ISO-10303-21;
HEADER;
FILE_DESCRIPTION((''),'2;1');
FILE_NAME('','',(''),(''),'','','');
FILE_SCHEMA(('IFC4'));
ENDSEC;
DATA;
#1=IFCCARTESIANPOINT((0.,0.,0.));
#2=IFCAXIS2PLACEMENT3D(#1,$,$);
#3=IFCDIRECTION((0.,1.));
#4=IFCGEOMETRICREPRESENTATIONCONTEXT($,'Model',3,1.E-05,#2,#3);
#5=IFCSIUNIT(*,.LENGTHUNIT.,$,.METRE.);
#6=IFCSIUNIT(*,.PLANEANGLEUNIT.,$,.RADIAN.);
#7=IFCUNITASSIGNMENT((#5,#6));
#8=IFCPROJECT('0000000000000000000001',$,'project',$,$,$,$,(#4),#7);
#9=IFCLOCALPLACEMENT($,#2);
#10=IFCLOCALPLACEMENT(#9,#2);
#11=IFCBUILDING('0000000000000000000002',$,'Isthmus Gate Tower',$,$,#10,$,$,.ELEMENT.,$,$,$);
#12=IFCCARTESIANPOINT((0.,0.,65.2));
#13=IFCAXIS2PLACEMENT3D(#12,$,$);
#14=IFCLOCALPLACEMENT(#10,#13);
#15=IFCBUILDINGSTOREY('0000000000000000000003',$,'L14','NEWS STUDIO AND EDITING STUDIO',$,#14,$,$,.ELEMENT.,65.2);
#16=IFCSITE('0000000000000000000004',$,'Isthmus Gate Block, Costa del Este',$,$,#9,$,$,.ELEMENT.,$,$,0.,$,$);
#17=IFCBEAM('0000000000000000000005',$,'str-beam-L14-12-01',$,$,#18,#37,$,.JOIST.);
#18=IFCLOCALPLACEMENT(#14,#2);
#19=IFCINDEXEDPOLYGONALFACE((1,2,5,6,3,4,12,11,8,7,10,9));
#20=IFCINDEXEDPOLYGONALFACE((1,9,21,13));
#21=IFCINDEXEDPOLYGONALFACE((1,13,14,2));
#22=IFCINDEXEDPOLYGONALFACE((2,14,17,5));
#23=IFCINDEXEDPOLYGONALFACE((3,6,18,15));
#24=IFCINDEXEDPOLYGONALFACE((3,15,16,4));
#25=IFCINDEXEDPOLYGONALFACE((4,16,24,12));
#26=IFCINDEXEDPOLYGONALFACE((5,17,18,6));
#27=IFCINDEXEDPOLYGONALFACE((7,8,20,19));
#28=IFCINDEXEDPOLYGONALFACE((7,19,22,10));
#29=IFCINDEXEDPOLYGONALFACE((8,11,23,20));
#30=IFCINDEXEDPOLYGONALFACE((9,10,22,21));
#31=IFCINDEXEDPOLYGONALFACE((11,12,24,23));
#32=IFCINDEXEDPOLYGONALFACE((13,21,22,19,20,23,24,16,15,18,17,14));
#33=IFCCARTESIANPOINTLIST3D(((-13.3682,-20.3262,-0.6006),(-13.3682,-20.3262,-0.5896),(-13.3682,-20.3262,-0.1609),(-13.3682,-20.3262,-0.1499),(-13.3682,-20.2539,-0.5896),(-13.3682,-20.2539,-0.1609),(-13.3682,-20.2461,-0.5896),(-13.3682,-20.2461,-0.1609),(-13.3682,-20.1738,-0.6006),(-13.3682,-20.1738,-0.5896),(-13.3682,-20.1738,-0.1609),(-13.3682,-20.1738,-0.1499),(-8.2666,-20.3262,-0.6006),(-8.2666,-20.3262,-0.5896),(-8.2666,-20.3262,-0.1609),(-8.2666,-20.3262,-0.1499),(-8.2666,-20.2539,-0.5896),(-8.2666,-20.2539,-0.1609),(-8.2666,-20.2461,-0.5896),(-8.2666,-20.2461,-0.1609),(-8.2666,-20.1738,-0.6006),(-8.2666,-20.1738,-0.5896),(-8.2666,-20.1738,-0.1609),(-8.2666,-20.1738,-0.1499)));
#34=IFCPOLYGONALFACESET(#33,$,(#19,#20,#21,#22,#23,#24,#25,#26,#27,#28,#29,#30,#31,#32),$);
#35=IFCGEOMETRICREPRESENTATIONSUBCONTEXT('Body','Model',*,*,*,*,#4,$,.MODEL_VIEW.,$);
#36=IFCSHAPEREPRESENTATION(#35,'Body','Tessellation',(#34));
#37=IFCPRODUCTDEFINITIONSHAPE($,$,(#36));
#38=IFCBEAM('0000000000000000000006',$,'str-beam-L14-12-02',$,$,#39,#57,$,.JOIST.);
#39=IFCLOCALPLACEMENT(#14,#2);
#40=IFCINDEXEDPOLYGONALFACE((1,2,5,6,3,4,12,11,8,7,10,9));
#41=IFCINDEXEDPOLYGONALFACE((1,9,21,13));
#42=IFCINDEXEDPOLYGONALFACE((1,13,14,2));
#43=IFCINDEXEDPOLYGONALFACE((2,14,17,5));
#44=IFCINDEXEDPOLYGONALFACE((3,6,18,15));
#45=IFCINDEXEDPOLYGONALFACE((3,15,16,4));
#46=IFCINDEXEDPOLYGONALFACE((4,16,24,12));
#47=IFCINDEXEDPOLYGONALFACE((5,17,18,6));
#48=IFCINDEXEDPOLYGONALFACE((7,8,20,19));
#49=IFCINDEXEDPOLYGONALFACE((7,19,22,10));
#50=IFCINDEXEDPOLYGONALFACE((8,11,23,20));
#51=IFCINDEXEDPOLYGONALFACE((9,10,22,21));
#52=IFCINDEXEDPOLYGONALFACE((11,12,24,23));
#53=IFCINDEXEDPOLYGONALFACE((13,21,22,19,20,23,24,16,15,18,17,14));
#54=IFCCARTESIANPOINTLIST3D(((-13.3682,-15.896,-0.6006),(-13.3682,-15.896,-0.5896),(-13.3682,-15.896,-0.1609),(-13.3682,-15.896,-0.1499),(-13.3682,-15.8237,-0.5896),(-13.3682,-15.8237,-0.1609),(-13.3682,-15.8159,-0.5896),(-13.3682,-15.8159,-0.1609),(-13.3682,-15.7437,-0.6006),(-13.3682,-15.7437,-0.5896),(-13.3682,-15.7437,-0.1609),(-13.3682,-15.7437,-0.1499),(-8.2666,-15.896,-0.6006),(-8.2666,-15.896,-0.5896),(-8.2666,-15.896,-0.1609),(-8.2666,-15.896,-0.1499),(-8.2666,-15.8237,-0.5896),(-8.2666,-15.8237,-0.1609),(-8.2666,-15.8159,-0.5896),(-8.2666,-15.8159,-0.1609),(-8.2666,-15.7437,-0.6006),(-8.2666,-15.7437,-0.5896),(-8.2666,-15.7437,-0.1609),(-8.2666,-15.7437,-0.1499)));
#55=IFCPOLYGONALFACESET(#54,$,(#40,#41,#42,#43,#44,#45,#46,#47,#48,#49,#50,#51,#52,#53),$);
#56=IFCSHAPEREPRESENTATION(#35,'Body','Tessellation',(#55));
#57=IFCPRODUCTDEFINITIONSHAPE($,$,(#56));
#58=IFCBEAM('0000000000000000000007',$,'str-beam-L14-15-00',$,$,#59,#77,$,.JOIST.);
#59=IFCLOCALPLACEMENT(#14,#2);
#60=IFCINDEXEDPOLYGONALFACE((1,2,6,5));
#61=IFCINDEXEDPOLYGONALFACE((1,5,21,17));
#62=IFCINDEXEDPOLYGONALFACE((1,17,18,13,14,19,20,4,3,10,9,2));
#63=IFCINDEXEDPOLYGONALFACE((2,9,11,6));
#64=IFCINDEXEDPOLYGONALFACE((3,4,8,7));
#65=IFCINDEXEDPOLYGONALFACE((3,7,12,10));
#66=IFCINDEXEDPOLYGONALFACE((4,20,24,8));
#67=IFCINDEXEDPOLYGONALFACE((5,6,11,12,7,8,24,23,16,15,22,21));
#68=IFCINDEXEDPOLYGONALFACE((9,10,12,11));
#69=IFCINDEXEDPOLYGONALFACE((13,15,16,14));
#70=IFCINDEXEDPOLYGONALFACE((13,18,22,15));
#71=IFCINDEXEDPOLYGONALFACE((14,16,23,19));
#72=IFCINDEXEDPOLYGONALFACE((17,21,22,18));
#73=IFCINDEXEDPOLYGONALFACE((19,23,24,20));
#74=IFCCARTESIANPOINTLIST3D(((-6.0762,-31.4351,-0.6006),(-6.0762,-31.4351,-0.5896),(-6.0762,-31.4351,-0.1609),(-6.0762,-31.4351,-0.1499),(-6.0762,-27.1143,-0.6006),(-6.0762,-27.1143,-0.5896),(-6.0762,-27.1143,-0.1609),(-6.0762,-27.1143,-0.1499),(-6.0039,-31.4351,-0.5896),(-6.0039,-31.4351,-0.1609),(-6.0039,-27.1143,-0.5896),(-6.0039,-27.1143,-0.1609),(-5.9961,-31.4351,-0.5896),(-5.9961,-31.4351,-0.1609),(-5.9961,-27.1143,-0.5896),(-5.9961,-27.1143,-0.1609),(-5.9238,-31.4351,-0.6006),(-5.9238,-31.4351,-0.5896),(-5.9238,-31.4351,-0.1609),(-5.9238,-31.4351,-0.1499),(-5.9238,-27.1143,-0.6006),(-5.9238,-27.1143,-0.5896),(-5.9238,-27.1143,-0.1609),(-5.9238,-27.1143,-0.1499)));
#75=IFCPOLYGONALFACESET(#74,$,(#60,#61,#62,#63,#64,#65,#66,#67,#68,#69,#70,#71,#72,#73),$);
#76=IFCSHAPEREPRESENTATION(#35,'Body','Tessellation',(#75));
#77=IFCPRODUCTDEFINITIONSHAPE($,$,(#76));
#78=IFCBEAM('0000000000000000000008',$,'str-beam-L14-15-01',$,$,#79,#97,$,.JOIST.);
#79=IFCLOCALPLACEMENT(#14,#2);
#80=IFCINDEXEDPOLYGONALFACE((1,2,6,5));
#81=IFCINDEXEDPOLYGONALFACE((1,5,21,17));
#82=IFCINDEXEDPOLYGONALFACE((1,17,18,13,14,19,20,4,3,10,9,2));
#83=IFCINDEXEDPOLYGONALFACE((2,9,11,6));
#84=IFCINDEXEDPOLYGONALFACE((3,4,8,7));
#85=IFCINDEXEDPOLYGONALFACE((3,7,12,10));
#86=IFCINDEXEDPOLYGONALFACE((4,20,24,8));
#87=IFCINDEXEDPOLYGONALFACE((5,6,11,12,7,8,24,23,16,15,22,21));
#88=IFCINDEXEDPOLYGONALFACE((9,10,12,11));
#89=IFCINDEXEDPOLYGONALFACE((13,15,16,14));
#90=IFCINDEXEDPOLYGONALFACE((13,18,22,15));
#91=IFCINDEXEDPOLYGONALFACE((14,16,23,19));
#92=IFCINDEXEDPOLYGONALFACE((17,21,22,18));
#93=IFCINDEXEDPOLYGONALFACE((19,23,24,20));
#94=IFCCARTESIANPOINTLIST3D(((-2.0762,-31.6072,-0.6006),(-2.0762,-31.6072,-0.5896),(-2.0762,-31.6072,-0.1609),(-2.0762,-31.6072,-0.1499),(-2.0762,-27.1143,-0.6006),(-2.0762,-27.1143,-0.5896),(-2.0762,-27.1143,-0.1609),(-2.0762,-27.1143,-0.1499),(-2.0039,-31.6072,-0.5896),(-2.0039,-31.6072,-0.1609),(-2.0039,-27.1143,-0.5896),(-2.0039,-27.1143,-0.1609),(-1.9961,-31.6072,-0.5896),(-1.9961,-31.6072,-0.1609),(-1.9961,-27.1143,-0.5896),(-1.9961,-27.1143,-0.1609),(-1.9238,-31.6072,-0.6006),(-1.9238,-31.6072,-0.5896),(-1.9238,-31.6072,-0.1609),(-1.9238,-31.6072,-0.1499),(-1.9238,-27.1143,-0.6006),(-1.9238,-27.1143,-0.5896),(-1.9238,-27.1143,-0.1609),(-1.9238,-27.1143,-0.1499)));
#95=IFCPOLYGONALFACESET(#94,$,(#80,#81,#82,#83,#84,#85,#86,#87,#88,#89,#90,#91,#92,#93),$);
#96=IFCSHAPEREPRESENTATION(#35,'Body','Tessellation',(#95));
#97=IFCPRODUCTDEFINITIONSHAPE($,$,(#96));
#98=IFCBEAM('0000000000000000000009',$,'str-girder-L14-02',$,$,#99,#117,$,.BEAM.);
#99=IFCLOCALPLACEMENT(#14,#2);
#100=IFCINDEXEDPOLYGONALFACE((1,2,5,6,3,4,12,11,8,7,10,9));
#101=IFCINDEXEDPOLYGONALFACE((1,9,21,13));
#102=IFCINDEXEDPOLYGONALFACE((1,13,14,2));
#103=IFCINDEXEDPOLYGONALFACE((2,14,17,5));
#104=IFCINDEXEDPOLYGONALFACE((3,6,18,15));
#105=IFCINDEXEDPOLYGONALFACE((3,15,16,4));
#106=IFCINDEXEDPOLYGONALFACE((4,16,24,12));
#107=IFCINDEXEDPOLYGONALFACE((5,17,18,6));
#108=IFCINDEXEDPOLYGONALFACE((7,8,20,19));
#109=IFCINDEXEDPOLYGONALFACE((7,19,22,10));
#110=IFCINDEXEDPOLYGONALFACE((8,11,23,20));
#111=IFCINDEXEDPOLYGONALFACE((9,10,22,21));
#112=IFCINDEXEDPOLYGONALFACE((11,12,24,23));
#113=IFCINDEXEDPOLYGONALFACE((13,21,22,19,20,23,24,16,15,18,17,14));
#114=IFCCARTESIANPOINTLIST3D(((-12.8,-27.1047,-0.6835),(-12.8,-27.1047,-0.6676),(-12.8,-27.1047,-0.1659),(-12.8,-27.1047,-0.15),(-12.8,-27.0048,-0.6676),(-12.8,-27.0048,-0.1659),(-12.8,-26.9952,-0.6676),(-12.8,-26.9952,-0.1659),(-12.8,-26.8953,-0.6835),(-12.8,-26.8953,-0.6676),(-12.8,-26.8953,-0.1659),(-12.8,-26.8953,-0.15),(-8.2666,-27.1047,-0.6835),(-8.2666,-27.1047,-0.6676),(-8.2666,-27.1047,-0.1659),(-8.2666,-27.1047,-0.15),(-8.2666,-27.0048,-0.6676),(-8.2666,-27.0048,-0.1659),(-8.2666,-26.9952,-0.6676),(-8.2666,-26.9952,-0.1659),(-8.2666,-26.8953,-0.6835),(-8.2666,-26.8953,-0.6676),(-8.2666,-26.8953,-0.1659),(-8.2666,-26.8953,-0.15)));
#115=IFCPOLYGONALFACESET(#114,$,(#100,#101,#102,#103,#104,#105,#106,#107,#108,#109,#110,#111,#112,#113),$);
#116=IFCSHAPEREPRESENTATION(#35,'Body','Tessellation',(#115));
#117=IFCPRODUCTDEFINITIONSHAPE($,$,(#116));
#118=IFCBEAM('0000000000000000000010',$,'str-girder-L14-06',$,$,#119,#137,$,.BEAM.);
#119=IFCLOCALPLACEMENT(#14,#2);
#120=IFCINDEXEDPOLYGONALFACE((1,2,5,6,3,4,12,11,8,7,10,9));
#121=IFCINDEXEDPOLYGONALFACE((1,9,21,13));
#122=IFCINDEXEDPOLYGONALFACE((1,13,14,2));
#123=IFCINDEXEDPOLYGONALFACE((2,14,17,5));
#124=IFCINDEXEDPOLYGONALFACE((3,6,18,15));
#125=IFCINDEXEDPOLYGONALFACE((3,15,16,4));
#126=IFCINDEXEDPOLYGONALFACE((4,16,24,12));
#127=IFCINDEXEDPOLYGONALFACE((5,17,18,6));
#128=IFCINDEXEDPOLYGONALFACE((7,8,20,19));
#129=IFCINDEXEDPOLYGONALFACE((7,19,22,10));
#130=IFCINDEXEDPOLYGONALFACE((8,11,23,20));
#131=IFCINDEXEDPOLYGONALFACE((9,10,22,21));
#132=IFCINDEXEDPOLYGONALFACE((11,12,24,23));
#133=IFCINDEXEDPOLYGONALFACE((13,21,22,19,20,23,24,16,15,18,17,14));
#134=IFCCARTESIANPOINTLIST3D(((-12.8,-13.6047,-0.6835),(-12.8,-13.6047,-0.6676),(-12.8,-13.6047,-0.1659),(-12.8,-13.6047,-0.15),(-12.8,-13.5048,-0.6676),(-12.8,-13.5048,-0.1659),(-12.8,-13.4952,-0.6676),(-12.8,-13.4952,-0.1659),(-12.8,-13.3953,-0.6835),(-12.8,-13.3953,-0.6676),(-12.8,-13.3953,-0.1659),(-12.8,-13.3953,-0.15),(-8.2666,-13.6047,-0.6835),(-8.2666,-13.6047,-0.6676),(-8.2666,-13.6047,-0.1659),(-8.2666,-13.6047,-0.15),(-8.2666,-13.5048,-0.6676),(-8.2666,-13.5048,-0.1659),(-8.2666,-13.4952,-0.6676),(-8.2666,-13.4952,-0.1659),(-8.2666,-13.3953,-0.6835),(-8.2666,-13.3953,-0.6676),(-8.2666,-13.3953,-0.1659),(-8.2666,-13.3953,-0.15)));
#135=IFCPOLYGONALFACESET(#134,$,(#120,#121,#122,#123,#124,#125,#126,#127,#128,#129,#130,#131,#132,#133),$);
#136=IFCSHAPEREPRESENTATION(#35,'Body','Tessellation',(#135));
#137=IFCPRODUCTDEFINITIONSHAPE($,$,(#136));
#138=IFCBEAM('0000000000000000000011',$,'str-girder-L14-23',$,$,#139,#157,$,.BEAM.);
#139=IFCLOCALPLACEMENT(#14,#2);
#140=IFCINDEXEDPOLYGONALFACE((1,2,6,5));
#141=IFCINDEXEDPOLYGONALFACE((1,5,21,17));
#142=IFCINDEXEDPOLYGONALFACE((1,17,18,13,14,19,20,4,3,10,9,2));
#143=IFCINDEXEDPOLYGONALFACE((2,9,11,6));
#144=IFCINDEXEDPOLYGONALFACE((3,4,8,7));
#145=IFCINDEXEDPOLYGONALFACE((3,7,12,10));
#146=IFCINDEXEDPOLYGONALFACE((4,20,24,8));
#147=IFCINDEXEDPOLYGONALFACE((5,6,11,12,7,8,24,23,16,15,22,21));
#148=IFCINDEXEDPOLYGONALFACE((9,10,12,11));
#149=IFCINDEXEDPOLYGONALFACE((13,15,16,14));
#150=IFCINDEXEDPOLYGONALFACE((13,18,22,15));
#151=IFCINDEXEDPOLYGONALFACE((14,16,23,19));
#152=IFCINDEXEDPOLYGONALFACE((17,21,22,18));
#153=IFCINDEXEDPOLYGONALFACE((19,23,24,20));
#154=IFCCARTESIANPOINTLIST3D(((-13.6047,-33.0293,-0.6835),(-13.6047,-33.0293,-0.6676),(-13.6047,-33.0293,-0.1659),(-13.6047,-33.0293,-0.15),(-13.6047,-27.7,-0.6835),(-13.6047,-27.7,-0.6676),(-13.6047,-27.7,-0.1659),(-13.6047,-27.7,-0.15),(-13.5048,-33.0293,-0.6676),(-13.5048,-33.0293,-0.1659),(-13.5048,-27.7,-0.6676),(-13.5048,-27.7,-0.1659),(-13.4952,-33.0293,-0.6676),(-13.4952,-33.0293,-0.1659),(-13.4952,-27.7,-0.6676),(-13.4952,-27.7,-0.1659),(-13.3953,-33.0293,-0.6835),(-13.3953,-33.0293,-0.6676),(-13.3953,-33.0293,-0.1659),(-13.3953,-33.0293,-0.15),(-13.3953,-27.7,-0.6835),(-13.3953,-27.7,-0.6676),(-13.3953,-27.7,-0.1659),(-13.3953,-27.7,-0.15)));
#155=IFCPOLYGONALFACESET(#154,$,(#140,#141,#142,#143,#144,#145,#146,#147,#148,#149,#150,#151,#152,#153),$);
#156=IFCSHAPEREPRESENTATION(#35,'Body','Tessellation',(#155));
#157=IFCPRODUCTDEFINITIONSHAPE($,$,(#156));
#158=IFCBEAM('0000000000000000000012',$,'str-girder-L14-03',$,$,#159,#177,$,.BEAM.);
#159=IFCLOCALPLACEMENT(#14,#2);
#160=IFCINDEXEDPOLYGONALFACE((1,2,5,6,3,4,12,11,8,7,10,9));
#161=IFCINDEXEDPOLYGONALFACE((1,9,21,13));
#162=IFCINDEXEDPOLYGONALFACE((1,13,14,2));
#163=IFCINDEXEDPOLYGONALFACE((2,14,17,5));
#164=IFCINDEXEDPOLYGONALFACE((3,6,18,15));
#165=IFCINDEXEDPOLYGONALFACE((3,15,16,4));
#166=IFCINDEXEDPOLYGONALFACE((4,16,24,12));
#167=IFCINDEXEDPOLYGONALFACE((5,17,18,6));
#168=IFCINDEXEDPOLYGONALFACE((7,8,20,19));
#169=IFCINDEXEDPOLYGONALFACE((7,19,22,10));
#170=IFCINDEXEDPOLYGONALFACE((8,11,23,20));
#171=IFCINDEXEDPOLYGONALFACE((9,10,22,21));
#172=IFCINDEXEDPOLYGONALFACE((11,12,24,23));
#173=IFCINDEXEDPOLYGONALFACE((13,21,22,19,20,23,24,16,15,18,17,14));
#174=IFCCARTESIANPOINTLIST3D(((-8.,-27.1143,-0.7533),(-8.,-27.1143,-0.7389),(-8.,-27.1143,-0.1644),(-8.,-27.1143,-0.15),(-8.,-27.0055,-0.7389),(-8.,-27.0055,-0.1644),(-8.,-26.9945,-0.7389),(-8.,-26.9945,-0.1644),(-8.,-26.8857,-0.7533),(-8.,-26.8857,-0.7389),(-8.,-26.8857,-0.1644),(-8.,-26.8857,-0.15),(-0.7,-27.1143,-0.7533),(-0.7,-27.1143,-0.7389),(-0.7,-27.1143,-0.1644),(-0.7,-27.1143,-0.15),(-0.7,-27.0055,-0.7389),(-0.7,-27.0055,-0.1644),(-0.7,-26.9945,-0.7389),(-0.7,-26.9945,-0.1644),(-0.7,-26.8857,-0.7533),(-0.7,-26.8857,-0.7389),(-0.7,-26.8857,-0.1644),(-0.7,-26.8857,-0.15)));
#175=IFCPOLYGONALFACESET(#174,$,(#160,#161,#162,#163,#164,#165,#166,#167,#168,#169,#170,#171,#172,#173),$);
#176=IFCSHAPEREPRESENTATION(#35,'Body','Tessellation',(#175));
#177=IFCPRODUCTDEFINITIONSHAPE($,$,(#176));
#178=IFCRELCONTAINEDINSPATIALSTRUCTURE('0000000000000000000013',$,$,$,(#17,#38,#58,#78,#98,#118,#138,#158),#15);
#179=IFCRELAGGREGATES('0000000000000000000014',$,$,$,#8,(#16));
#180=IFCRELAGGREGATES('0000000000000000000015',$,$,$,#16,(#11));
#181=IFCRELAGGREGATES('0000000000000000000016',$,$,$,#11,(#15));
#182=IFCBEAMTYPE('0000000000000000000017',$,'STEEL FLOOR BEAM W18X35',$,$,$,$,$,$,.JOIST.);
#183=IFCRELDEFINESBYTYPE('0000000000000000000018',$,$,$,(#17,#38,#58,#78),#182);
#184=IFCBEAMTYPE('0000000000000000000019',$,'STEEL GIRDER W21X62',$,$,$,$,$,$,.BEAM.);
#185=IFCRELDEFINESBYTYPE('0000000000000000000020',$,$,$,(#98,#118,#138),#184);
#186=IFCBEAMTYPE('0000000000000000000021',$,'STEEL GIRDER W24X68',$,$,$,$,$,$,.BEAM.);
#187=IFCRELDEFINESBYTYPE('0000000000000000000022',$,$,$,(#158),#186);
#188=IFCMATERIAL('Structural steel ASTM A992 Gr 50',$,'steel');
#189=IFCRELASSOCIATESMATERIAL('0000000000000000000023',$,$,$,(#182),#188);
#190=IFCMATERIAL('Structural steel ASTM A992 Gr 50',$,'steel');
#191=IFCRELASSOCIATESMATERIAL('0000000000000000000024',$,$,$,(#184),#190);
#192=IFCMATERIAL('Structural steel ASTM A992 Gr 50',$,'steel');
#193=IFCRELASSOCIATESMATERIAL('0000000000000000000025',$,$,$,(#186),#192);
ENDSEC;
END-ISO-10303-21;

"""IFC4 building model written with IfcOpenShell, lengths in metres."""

from ifc_helpers import new_model, si_unit, direction, frame, origin, origin_2d, place, context, subcontext, project, spatial, i_section, extrude, material, material_profile, profile_set, type_object, element, save


model = new_model("IFC4")

# Units and contexts
model_context = context("Model", 3, precision=1e-05, world=origin(), true_north=direction((0.0, 1.0)))
body_context = subcontext(model_context, "Body", "Model", "MODEL_VIEW")
ifc_project = project(units=[si_unit("LENGTHUNIT", "METRE"), si_unit("PLANEANGLEUNIT", "RADIAN")], contexts=[model_context])

# Site, building, storey
site_placement = place(None, origin())
site = spatial("IfcSite", under=ifc_project, at=site_placement, Name="Isthmus Gate Block, Costa del Este", CompositionType="ELEMENT", RefElevation=0.0)
building_placement = place(site_placement, origin())
building = spatial("IfcBuilding", under=site, at=building_placement, Name="Isthmus Gate Tower", CompositionType="ELEMENT")
storey_placement = place(building_placement, frame((0.0, 0.0, 65.2)))
storey = spatial("IfcBuildingStorey", under=building, at=storey_placement, Name="L14", Description="NEWS STUDIO AND EDITING STUDIO", CompositionType="ELEMENT", Elevation=65.2)

# Beams
ifc_material_1 = material(Name="Structural steel ASTM A992 Gr 50", Category="steel")
ifc_material_profile_1 = material_profile(ifc_material_1, i_section(OverallWidth=0.1523, OverallDepth=0.4507, WebThickness=0.0078, FlangeThickness=0.011, at=origin_2d()), Name="W18X35")
ifc_profile_set_1 = profile_set([ifc_material_profile_1], Name="Structural steel ASTM A992 Gr 50")
beam_type_1 = type_object("IfcBeamType", Name="STEEL FLOOR BEAM W18X35", PredefinedType="JOIST", material=ifc_profile_set_1)
for number, where, z_axis, x_axis, name in (
    (1, (-13.3682, -20.25, -0.3752), (1.0, 0.0, 0.0), (0.0, 1.0, 0.0), "str-beam-L14-12-01"),
    (2, (-13.3682, -15.8198, -0.3752), (1.0, 0.0, 0.0), (0.0, 1.0, 0.0), "str-beam-L14-12-02"),
):
    element("IfcBeam", number, at=place(storey_placement, frame(where, z_axis=z_axis, x_axis=x_axis)), inside=storey, type_object=beam_type_1, Name=name, PredefinedType="JOIST", context=body_context, shape_type="SweptSolid", body=[
        extrude(i_section(OverallWidth=0.1523, OverallDepth=0.4507, WebThickness=0.0078, FlangeThickness=0.011, at=origin_2d()), origin(), (0.0, 0.0, 1.0), 5.1016),
    ])
beam_1_placement = place(storey_placement, frame((-6.0, -31.4351, -0.3752), z_axis=(0.0, 1.0, 0.0), x_axis=(-1.0, 0.0, 0.0)))
element("IfcBeam", 3, at=beam_1_placement, inside=storey, type_object=beam_type_1, Name="str-beam-L14-15-00", PredefinedType="JOIST", context=body_context, shape_type="SweptSolid", body=[
    extrude(i_section(OverallWidth=0.1523, OverallDepth=0.4507, WebThickness=0.0078, FlangeThickness=0.011, at=origin_2d()), origin(), (0.0, 0.0, 1.0), 4.3208),
])
beam_2_placement = place(storey_placement, frame((-2.0, -31.6072, -0.3752), z_axis=(0.0, 1.0, 0.0), x_axis=(-1.0, 0.0, 0.0)))
element("IfcBeam", 4, at=beam_2_placement, inside=storey, type_object=beam_type_1, Name="str-beam-L14-15-01", PredefinedType="JOIST", context=body_context, shape_type="SweptSolid", body=[
    extrude(i_section(OverallWidth=0.1523, OverallDepth=0.4507, WebThickness=0.0078, FlangeThickness=0.011, at=origin_2d()), origin(), (0.0, 0.0, 1.0), 4.4929),
])
ifc_material_2 = material(Name="Structural steel ASTM A992 Gr 50", Category="steel")
ifc_material_profile_2 = material_profile(ifc_material_2, i_section(OverallWidth=0.2095, OverallDepth=0.5334, WebThickness=0.0095, FlangeThickness=0.0159, at=origin_2d()), Name="W21X62")
ifc_profile_set_2 = profile_set([ifc_material_profile_2], Name="Structural steel ASTM A992 Gr 50")
beam_type_2 = type_object("IfcBeamType", Name="STEEL GIRDER W21X62", PredefinedType="BEAM", material=ifc_profile_set_2)
for number, where, z_axis, x_axis, name in (
    (5, (-12.8, -27.0, -0.4167), (1.0, 0.0, 0.0), (0.0, 1.0, 0.0), "str-girder-L14-02"),
    (6, (-12.8, -13.5, -0.4167), (1.0, 0.0, 0.0), (0.0, 1.0, 0.0), "str-girder-L14-06"),
):
    element("IfcBeam", number, at=place(storey_placement, frame(where, z_axis=z_axis, x_axis=x_axis)), inside=storey, type_object=beam_type_2, Name=name, PredefinedType="BEAM", context=body_context, shape_type="SweptSolid", body=[
        extrude(i_section(OverallWidth=0.2095, OverallDepth=0.5334, WebThickness=0.0095, FlangeThickness=0.0159, at=origin_2d()), origin(), (0.0, 0.0, 1.0), 4.5334),
    ])
beam_3_placement = place(storey_placement, frame((-13.5, -33.0293, -0.4167), z_axis=(0.0, 1.0, 0.0), x_axis=(-1.0, 0.0, 0.0)))
element("IfcBeam", 7, at=beam_3_placement, inside=storey, type_object=beam_type_2, Name="str-girder-L14-23", PredefinedType="BEAM", context=body_context, shape_type="SweptSolid", body=[
    extrude(i_section(OverallWidth=0.2095, OverallDepth=0.5334, WebThickness=0.0095, FlangeThickness=0.0159, at=origin_2d()), origin(), (0.0, 0.0, 1.0), 5.3293),
])
ifc_material_3 = material(Name="Structural steel ASTM A992 Gr 50", Category="steel")
ifc_material_profile_3 = material_profile(ifc_material_3, i_section(OverallWidth=0.2285, OverallDepth=0.6033, WebThickness=0.011, FlangeThickness=0.0144, at=origin_2d()), Name="W24X68")
ifc_profile_set_3 = profile_set([ifc_material_profile_3], Name="Structural steel ASTM A992 Gr 50")
beam_type_3 = type_object("IfcBeamType", Name="STEEL GIRDER W24X68", PredefinedType="BEAM", material=ifc_profile_set_3)
beam_4_placement = place(storey_placement, frame((-8.0, -27.0, -0.4517), z_axis=(1.0, 0.0, 0.0), x_axis=(0.0, 1.0, 0.0)))
element("IfcBeam", 8, at=beam_4_placement, inside=storey, type_object=beam_type_3, Name="str-girder-L14-03", PredefinedType="BEAM", context=body_context, shape_type="SweptSolid", body=[
    extrude(i_section(OverallWidth=0.2285, OverallDepth=0.6033, WebThickness=0.011, FlangeThickness=0.0144, at=origin_2d()), origin(), (0.0, 0.0, 1.0), 7.3),
])

save(model, "model.ifc")
